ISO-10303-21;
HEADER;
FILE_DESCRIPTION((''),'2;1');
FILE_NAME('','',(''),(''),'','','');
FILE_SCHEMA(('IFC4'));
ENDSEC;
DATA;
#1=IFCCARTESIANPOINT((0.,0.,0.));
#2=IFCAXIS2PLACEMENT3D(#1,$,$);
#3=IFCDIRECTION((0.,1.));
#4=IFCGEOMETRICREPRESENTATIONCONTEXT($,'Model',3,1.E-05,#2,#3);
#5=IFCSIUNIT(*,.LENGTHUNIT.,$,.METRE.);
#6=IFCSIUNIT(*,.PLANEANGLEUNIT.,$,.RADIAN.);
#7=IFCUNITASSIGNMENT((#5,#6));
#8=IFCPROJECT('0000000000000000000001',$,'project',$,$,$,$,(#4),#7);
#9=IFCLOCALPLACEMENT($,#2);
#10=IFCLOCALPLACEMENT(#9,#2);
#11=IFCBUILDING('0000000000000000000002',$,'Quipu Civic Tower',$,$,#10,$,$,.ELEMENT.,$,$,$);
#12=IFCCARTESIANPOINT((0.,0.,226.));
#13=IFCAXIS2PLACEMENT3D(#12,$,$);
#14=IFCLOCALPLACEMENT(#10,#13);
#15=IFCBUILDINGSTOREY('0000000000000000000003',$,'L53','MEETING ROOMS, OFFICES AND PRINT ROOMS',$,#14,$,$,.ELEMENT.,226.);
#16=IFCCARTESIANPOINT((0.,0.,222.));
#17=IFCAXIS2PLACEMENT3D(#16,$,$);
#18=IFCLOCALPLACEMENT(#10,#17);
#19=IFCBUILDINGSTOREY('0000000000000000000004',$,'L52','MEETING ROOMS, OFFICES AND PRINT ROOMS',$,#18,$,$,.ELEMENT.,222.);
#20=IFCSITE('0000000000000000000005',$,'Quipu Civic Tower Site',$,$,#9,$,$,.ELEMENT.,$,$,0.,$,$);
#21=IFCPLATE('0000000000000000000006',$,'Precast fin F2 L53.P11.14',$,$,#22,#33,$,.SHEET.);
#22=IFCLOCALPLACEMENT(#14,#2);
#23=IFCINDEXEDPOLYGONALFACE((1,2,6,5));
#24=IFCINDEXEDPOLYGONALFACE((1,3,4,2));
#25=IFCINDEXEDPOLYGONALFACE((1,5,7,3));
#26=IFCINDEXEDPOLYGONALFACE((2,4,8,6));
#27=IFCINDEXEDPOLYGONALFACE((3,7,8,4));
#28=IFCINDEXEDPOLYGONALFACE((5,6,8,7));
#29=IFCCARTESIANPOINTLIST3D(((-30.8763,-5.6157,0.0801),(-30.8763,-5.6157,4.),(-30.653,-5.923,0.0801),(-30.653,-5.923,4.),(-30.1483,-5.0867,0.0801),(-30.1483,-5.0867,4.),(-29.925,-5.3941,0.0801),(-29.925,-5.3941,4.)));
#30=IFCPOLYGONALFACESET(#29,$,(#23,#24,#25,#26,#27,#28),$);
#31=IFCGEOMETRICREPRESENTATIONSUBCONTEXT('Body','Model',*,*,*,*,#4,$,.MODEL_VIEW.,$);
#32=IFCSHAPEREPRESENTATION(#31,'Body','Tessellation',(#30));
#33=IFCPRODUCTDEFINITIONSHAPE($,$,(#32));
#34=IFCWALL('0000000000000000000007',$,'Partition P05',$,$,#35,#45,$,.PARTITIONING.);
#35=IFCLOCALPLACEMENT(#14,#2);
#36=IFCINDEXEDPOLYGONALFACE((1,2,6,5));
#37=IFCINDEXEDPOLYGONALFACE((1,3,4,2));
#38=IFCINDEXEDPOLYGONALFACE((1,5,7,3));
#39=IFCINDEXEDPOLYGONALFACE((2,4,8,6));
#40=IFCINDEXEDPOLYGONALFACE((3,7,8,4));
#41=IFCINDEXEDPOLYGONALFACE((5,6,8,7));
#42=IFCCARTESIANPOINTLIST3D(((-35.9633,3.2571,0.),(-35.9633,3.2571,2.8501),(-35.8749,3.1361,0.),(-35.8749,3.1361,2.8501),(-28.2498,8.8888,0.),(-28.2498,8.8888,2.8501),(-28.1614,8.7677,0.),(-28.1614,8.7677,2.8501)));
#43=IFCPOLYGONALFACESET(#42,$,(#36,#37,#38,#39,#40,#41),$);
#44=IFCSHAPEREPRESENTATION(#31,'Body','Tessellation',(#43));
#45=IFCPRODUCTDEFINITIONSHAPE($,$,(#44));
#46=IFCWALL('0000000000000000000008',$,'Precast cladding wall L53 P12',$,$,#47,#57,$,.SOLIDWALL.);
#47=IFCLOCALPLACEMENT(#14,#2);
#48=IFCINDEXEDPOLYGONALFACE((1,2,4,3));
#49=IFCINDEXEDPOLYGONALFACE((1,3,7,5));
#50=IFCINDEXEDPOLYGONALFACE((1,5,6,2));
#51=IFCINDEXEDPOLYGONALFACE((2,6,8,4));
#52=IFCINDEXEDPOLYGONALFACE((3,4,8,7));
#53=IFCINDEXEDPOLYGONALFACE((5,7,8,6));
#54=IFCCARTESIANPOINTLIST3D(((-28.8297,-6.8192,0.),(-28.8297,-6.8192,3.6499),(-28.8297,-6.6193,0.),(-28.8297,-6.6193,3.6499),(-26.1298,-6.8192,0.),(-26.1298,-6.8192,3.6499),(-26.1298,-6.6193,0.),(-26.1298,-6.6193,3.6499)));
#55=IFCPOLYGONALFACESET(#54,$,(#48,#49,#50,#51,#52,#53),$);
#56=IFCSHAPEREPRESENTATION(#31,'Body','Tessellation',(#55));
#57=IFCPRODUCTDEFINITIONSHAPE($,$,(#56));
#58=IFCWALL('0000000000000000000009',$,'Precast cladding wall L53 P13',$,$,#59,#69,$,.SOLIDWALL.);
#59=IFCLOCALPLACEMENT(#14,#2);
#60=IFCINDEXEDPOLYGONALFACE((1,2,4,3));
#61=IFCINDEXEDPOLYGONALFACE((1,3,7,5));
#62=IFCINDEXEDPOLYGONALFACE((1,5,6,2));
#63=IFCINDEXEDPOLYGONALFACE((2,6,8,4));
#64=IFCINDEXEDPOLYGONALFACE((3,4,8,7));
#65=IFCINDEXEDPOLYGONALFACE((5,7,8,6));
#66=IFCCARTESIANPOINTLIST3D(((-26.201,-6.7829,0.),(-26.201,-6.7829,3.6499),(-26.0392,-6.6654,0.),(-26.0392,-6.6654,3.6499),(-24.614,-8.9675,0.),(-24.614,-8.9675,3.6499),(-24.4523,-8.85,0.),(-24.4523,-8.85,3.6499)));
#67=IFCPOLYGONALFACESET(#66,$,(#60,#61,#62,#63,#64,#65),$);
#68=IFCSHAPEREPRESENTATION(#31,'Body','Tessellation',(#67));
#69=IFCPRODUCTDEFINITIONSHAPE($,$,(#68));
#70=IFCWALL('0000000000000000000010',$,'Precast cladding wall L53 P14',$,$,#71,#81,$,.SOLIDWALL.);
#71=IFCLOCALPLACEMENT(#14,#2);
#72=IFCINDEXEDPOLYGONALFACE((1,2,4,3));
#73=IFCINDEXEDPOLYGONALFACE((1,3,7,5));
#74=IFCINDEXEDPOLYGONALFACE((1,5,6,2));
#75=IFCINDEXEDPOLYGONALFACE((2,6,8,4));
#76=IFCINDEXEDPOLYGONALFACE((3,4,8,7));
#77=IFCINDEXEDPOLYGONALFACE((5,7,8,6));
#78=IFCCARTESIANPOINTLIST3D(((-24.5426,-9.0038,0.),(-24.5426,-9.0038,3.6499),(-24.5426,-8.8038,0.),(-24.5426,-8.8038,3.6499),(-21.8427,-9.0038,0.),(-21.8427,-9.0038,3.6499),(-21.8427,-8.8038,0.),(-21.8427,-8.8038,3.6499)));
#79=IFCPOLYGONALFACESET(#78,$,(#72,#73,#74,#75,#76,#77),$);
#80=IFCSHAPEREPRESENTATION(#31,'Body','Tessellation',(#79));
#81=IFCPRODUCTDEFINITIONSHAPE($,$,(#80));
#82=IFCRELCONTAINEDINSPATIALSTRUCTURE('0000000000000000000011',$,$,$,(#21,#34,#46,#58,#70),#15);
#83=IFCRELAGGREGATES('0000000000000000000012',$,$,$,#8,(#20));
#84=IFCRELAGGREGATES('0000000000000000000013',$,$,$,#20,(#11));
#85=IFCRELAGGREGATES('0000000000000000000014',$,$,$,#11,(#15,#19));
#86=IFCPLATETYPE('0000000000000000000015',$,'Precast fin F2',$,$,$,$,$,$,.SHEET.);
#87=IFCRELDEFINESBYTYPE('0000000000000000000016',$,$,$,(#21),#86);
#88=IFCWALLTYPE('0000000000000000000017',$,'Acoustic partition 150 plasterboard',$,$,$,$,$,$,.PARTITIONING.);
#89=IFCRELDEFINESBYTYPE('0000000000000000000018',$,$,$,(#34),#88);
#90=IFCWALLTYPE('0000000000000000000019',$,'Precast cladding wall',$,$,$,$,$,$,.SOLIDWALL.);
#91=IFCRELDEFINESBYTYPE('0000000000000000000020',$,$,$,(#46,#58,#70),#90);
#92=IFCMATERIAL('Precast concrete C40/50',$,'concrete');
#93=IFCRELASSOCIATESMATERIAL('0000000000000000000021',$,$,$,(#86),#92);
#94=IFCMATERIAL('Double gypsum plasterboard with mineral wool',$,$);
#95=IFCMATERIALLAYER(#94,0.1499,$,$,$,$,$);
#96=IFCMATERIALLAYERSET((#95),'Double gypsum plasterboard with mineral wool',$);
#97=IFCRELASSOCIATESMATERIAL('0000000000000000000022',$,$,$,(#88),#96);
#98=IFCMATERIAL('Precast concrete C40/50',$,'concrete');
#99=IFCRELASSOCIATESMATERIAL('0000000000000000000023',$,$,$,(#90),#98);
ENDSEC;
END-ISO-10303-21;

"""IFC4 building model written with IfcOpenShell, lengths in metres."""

from ifc_helpers import new_model, si_unit, direction, frame, frame_2d, origin, origin_2d, place, context, subcontext, project, spatial, rectangle, extrude, material, layer, layer_set, type_object, element, save


model = new_model("IFC4")

# Units and contexts
model_context = context("Model", 3, precision=1e-05, world=origin(), true_north=direction((0.0, 1.0)))
body_context = subcontext(model_context, "Body", "Model", "MODEL_VIEW")
ifc_project = project(units=[si_unit("LENGTHUNIT", "METRE"), si_unit("PLANEANGLEUNIT", "RADIAN")], contexts=[model_context])

# Site, building, storey
site_placement = place(None, origin())
site = spatial("IfcSite", under=ifc_project, at=site_placement, Name="Quipu Civic Tower Site", CompositionType="ELEMENT", RefElevation=0.0)
building_placement = place(site_placement, origin())
building = spatial("IfcBuilding", under=site, at=building_placement, Name="Quipu Civic Tower", CompositionType="ELEMENT")
storey_1_placement = place(building_placement, frame((0.0, 0.0, 226.0)))
storey_1 = spatial("IfcBuildingStorey", under=building, at=storey_1_placement, Name="L53", Description="MEETING ROOMS, OFFICES AND PRINT ROOMS", CompositionType="ELEMENT", Elevation=226.0)

# Shared definitions
storey_2_placement = place(building_placement, frame((0.0, 0.0, 222.0)))
storey_2 = spatial("IfcBuildingStorey", under=building, at=storey_2_placement, Name="L52", Description="MEETING ROOMS, OFFICES AND PRINT ROOMS", CompositionType="ELEMENT", Elevation=222.0)

# Plate
ifc_material_1 = material(Name="Precast concrete C40/50", Category="concrete")
plate_type_1 = type_object("IfcPlateType", Name="Precast fin F2", PredefinedType="SHEET", material=ifc_material_1)
for number, where, z_axis, x_axis, name in (
    (1, (-30.4006, -5.5049, 0.0801), (0.0, 0.0, 1.0), (0.587786, -0.809017, 0.0), "Precast fin F2 L53.P11.14"),
):
    element("IfcPlate", number, at=place(storey_1_placement, frame(where, z_axis=z_axis, x_axis=x_axis)), inside=storey_1, type_object=plate_type_1, Name=name, PredefinedType="SHEET", context=body_context, shape_type="SweptSolid", body=[
        extrude(rectangle(XDim=0.3799, YDim=0.8999, at=origin_2d()), origin(), (0.0, 0.0, 1.0), 3.9199),
    ])

# Walls
ifc_material_2 = material(Name="Double gypsum plasterboard with mineral wool")
ifc_layer_1 = layer(ifc_material_2, 0.1499)
ifc_layer_set_1 = layer_set([ifc_layer_1], Name="Double gypsum plasterboard with mineral wool")
wall_type_1 = type_object("IfcWallType", Name="Acoustic partition 150 plasterboard", PredefinedType="PARTITIONING", material=ifc_layer_set_1)
wall_1_placement = place(storey_1_placement, frame((-35.9192, 3.1965, 0.0), z_axis=(0.0, 0.0, 1.0), x_axis=(0.807646, 0.589668, 0.0)))
element("IfcWall", 2, at=wall_1_placement, inside=storey_1, type_object=wall_type_1, Name="Partition P05", PredefinedType="PARTITIONING", context=body_context, shape_type="SweptSolid", body=[
    extrude(rectangle(XDim=9.5505, YDim=0.1499, at=frame_2d((4.7754, 0.0))), origin(), (0.0, 0.0, 1.0), 2.8501),
])
ifc_material_3 = material(Name="Precast concrete C40/50", Category="concrete")
wall_type_2 = type_object("IfcWallType", Name="Precast cladding wall", PredefinedType="SOLIDWALL", material=ifc_material_3)
wall_2_placement = place(storey_1_placement, frame((-28.8298, -6.7192, 0.0), z_axis=(0.0, 0.0, 1.0), x_axis=(1.0, 0.0, 0.0)))
element("IfcWall", 3, at=wall_2_placement, inside=storey_1, type_object=wall_type_2, Name="Precast cladding wall L53 P12", PredefinedType="SOLIDWALL", context=body_context, shape_type="SweptSolid", body=[
    extrude(rectangle(XDim=2.7, YDim=0.2, at=frame_2d((1.3501, 0.0))), origin(), (0.0, 0.0, 1.0), 3.6499),
])
wall_3_placement = place(storey_1_placement, frame((-26.1201, -6.7241, 0.0), z_axis=(0.0, 0.0, 1.0), x_axis=(0.58772, -0.809064, 0.0)))
element("IfcWall", 4, at=wall_3_placement, inside=storey_1, type_object=wall_type_2, Name="Precast cladding wall L53 P13", PredefinedType="SOLIDWALL", context=body_context, shape_type="SweptSolid", body=[
    extrude(rectangle(XDim=2.7002, YDim=0.2, at=frame_2d((1.3501, 0.0))), origin(), (0.0, 0.0, 1.0), 3.6499),
])
wall_4_placement = place(storey_1_placement, frame((-24.5427, -8.9038, 0.0), z_axis=(0.0, 0.0, 1.0), x_axis=(1.0, 0.0, 0.0)))
element("IfcWall", 5, at=wall_4_placement, inside=storey_1, type_object=wall_type_2, Name="Precast cladding wall L53 P14", PredefinedType="SOLIDWALL", context=body_context, shape_type="SweptSolid", body=[
    extrude(rectangle(XDim=2.7, YDim=0.2, at=frame_2d((1.3501, 0.0))), origin(), (0.0, 0.0, 1.0), 3.6499),
])

save(model, "model.ifc")
